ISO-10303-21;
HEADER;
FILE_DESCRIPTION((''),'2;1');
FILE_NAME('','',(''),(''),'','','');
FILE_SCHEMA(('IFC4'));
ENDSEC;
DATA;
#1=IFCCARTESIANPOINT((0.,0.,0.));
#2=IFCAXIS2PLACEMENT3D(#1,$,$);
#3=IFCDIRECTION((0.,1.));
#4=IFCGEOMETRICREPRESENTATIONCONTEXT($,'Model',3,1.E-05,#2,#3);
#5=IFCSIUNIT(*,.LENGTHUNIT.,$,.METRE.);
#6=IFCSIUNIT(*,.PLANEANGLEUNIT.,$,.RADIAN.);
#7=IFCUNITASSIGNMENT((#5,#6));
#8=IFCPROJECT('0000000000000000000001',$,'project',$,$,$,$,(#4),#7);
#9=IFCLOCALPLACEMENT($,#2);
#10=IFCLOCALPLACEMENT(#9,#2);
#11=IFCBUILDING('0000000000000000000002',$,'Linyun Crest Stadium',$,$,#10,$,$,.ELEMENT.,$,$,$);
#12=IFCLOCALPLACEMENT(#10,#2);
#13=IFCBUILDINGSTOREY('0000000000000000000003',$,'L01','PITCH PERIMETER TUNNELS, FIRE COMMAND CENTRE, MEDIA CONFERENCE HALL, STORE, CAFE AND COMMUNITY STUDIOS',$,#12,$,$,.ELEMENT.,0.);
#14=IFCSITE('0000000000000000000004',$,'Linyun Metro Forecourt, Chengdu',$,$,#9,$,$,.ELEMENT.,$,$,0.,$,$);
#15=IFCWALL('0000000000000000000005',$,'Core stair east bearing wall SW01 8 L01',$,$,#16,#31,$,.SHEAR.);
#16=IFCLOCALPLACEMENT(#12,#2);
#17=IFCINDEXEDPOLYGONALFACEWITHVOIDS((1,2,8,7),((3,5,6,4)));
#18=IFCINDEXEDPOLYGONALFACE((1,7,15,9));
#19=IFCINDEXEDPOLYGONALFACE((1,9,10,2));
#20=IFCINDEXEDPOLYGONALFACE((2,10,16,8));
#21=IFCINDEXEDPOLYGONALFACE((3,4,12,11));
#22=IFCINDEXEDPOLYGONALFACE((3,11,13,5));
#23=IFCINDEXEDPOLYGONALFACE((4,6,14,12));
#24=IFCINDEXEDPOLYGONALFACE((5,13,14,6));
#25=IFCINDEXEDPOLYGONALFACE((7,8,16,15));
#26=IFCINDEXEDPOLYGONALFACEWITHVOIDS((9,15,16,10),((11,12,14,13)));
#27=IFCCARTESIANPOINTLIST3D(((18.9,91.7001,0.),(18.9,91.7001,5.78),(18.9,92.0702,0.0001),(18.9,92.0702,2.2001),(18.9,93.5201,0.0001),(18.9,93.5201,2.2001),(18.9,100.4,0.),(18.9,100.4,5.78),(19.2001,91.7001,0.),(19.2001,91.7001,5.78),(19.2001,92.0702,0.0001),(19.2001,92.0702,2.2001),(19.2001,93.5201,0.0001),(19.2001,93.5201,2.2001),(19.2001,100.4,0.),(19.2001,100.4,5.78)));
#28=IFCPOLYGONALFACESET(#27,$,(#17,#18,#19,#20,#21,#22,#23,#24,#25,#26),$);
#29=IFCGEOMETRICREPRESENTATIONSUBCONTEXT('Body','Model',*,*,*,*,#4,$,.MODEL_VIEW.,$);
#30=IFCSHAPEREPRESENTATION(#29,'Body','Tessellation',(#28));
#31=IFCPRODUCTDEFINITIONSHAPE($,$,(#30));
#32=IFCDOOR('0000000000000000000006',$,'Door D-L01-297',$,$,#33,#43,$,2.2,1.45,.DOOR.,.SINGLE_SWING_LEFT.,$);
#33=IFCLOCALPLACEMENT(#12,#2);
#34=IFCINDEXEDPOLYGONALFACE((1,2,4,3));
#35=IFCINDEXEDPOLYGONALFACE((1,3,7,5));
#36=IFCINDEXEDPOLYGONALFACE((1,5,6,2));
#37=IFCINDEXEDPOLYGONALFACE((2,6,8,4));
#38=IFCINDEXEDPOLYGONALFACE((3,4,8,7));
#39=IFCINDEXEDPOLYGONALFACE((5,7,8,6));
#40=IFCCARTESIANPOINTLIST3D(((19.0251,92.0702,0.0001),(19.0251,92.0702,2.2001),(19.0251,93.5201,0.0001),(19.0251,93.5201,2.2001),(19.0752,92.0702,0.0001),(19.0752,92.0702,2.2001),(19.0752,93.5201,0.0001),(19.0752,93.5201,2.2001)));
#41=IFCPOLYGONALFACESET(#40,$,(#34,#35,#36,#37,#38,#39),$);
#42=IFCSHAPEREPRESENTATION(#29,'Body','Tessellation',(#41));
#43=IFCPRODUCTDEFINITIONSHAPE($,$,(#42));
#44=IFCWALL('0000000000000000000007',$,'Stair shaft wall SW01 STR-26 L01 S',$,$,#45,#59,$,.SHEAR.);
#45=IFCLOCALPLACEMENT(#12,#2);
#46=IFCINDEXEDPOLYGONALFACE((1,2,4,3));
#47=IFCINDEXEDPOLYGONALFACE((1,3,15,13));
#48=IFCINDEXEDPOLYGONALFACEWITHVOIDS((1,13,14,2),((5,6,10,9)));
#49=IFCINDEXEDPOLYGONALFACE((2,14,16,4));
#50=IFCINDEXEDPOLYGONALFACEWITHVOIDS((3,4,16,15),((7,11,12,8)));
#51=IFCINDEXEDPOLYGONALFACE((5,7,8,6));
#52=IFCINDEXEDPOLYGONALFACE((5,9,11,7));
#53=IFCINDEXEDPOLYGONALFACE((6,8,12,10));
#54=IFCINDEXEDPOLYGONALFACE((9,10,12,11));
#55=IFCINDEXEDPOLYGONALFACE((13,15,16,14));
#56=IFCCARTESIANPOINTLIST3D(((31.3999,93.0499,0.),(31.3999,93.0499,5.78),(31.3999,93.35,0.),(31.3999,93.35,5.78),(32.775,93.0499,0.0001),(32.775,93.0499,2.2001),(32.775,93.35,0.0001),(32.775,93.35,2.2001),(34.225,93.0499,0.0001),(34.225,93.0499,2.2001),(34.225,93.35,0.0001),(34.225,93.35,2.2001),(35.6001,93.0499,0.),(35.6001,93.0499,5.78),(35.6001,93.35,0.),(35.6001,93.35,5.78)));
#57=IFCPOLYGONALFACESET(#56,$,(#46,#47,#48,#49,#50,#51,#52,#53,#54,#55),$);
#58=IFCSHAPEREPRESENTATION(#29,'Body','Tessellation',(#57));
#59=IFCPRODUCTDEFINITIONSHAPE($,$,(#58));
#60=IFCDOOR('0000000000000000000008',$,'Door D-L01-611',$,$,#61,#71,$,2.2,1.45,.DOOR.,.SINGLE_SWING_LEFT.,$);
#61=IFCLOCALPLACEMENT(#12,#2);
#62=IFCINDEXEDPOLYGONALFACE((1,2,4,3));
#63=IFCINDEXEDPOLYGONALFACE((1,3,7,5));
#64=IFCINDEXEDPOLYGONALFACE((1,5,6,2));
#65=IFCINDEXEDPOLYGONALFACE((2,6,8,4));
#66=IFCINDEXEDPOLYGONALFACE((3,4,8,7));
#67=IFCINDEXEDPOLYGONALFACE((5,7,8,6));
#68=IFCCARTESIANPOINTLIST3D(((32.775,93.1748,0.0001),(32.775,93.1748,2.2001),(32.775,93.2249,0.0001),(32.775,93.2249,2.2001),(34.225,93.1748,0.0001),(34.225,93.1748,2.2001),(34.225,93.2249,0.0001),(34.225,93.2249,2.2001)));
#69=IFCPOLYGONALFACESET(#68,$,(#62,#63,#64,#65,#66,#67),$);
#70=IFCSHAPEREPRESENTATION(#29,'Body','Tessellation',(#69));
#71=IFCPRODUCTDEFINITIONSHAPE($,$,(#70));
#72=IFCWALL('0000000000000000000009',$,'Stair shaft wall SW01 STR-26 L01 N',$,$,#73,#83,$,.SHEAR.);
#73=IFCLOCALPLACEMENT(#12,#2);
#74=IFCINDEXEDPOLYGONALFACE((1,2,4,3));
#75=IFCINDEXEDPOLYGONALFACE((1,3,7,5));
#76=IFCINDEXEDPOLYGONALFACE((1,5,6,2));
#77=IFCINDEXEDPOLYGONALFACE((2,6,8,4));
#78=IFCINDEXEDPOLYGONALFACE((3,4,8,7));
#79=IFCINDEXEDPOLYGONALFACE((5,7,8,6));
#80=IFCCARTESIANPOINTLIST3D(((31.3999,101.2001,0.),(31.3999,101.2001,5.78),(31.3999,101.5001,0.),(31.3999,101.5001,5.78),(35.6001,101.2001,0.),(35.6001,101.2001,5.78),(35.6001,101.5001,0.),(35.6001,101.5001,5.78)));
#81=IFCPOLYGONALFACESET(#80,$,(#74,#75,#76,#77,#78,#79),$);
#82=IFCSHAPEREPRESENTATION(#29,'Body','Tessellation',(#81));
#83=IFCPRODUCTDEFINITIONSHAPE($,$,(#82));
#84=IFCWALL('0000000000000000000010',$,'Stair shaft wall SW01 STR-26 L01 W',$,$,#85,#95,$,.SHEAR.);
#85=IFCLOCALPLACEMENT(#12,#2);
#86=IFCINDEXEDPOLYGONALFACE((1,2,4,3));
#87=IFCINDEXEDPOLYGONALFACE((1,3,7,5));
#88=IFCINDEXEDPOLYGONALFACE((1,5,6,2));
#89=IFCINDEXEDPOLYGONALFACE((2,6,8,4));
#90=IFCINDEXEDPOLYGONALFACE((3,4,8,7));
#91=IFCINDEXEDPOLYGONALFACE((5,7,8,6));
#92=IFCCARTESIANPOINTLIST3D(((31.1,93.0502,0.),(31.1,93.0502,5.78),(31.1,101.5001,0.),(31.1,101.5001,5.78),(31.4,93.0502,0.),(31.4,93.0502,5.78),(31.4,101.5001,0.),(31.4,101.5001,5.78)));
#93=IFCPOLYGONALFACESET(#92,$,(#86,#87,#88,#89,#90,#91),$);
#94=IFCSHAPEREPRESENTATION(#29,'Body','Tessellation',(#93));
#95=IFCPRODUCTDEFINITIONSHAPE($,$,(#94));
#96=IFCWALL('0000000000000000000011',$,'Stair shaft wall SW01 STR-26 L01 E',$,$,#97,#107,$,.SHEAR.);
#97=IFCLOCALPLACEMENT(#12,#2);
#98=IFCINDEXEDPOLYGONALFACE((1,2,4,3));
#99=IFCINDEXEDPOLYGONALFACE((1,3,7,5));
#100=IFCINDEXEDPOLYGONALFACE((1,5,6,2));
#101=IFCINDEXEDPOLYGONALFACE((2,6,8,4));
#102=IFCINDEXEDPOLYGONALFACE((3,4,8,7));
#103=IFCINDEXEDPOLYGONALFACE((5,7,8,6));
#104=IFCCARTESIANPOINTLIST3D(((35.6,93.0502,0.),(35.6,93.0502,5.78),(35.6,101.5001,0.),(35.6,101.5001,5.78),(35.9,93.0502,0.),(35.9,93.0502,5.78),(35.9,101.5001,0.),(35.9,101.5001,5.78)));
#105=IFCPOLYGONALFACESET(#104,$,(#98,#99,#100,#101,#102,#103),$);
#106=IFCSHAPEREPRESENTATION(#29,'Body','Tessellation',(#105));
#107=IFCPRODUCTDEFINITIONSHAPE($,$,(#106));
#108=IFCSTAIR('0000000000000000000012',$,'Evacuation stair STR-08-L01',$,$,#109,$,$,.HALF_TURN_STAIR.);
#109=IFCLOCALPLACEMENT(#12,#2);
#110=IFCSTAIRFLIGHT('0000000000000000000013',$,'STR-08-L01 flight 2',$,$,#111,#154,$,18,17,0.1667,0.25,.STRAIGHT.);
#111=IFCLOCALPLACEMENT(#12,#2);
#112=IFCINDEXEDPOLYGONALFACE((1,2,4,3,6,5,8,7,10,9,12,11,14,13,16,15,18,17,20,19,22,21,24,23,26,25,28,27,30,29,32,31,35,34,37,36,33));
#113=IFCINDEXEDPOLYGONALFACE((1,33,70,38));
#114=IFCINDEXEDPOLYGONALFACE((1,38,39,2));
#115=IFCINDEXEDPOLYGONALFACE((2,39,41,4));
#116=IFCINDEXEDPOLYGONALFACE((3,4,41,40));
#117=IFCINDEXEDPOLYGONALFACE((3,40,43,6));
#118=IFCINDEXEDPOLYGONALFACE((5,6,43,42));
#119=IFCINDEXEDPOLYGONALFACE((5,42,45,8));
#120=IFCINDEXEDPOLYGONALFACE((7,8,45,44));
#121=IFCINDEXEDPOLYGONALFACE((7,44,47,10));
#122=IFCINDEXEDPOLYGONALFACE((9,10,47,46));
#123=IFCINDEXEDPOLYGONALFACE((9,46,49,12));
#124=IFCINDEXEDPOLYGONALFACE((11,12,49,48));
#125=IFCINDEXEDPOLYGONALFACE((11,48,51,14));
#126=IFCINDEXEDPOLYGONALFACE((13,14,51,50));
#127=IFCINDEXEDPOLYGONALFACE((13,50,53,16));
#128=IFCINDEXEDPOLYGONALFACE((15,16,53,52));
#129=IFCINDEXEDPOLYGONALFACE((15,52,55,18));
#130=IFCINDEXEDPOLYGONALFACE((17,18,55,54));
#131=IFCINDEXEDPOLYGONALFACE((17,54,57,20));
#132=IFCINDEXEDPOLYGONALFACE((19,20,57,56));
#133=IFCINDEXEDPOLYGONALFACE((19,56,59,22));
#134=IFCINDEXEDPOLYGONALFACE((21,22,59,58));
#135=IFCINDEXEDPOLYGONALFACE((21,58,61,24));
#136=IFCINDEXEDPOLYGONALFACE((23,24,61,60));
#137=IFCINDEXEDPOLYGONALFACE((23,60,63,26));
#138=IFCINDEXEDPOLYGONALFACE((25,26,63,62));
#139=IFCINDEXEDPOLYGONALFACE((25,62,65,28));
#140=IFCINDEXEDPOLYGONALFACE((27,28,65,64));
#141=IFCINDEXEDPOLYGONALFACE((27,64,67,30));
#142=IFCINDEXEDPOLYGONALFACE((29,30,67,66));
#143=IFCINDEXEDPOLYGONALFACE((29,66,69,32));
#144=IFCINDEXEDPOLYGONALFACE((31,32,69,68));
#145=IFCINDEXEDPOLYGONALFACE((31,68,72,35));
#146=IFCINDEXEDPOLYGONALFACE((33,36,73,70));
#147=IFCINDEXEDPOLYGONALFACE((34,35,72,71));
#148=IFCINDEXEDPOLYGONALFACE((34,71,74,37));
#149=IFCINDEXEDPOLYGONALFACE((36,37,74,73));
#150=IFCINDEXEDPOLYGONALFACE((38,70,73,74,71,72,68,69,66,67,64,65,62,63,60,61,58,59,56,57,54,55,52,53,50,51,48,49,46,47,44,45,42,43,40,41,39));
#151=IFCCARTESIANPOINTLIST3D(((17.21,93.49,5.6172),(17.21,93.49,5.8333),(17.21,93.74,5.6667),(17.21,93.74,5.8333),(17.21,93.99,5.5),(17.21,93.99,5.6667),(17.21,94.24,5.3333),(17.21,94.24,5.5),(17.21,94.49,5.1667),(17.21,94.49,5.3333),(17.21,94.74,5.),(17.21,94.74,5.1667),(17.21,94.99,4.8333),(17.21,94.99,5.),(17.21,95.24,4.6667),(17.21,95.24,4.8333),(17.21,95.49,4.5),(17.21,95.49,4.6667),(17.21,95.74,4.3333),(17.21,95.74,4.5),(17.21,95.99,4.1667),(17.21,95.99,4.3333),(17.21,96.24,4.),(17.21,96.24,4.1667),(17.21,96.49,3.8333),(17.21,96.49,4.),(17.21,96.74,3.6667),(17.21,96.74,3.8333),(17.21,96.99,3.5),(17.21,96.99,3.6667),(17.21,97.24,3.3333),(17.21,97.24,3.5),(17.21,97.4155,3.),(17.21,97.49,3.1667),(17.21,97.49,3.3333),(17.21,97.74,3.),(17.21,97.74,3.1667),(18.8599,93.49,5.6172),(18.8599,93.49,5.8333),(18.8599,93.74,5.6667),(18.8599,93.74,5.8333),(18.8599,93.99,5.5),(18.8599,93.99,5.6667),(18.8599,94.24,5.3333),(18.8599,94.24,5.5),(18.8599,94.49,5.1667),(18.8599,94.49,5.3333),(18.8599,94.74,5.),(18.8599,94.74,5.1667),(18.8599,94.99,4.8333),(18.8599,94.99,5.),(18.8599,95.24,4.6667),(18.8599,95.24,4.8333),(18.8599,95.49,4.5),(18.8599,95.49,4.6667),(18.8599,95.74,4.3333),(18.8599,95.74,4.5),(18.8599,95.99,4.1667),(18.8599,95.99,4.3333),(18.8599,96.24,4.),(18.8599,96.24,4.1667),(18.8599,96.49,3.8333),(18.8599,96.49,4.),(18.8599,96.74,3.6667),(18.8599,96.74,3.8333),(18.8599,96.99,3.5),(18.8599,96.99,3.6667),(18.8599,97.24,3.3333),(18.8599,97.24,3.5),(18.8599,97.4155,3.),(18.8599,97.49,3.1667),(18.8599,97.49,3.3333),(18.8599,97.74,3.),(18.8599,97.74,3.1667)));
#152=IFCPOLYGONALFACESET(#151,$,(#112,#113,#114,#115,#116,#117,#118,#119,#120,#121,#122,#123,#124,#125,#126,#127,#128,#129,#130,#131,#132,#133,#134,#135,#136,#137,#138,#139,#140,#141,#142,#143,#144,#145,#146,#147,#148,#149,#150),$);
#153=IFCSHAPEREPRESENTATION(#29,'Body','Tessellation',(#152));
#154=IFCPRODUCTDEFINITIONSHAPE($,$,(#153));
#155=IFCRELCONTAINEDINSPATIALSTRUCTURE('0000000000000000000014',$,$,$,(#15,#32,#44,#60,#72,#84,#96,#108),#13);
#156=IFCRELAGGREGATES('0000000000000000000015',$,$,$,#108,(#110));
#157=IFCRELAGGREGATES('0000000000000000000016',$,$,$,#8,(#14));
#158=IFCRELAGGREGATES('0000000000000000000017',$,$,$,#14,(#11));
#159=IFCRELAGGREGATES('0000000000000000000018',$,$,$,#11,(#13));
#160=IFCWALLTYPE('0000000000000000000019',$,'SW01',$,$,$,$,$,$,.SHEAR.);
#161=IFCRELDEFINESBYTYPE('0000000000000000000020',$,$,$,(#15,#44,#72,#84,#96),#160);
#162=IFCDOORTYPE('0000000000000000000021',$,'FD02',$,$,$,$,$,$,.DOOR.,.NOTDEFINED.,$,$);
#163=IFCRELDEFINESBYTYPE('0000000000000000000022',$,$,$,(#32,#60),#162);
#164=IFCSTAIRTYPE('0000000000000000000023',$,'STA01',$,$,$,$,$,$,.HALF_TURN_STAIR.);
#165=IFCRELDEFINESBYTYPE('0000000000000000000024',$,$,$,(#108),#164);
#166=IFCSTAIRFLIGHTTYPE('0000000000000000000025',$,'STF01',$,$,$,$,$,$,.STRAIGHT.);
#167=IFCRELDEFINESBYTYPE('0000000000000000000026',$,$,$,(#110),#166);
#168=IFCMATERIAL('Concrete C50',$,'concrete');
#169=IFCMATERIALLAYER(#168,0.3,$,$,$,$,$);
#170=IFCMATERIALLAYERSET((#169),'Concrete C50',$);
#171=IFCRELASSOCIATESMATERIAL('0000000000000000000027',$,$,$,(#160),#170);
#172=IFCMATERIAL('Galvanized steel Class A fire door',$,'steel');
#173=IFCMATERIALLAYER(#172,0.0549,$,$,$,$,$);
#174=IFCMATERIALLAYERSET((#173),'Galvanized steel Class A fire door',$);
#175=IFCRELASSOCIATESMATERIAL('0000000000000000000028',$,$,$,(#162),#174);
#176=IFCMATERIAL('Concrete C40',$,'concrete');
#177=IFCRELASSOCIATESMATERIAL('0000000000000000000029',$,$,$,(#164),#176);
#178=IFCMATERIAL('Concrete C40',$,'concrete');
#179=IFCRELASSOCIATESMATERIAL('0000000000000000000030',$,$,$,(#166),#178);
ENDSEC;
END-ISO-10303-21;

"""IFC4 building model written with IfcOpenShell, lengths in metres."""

from ifc_helpers import new_model, si_unit, direction, frame, frame_2d, origin, place, context, subcontext, project, spatial, polyline, rectangle, outline, extrude, material, layer, layer_set, type_object, element, fill, aggregate, save


model = new_model("IFC4")

# Units and contexts
model_context = context("Model", 3, precision=1e-05, world=origin(), true_north=direction((0.0, 1.0)))
body_context = subcontext(model_context, "Body", "Model", "MODEL_VIEW")
ifc_project = project(units=[si_unit("LENGTHUNIT", "METRE"), si_unit("PLANEANGLEUNIT", "RADIAN")], contexts=[model_context])

# Site, building, storey
site_placement = place(None, origin())
site = spatial("IfcSite", under=ifc_project, at=site_placement, Name="Linyun Metro Forecourt, Chengdu", CompositionType="ELEMENT", RefElevation=0.0)
building_placement = place(site_placement, origin())
building = spatial("IfcBuilding", under=site, at=building_placement, Name="Linyun Crest Stadium", CompositionType="ELEMENT")
storey_placement = place(building_placement, origin())
storey = spatial("IfcBuildingStorey", under=building, at=storey_placement, Name="L01", Description="PITCH PERIMETER TUNNELS, FIRE COMMAND CENTRE, MEDIA CONFERENCE HALL, STORE, CAFE AND COMMUNITY STUDIOS", CompositionType="ELEMENT", Elevation=0.0)

# Walls, openings, doors
ifc_material_1 = material(Name="Concrete C50", Category="concrete")
ifc_layer_1 = layer(ifc_material_1, 0.3)
ifc_layer_set_1 = layer_set([ifc_layer_1], Name="Concrete C50")
wall_type_1 = type_object("IfcWallType", Name="SW01", PredefinedType="SHEAR", material=ifc_layer_set_1)
wall_1_placement = place(storey_placement, frame((19.05, 91.7, 0.0), z_axis=(0.0, 0.0, 1.0), x_axis=(0.0, 1.0, 0.0)))
wall_1 = element("IfcWall", 1, at=wall_1_placement, inside=storey, type_object=wall_type_1, Name="Core stair east bearing wall SW01 8 L01", PredefinedType="SHEAR", context=body_context, shape_type="SweptSolid", body=[
    extrude(rectangle(XDim=8.7, YDim=0.3, at=frame_2d((4.3501, 0.0))), origin(), (0.0, 0.0, 1.0), 5.78),
])
opening_1_placement = place(wall_1_placement, frame((0.3701, 0.0, 0.0)))
opening_1 = element("IfcOpeningElement", 2, at=opening_1_placement, cuts=wall_1, PredefinedType="OPENING", context=body_context, shape_type="SweptSolid", body=[
    extrude(rectangle(XDim=1.45, YDim=2.2, at=frame_2d((0.7251, 1.1001))), frame((0.0, 0.1599, 0.0), z_axis=(0.0, -1.0, 0.0), x_axis=(1.0, 0.0, 0.0)), (0.0, 0.0, 1.0), 0.3201),
])
ifc_material_2 = material(Name="Galvanized steel Class A fire door", Category="steel")
ifc_layer_2 = layer(ifc_material_2, 0.0549)
ifc_layer_set_2 = layer_set([ifc_layer_2], Name="Galvanized steel Class A fire door")
door_type_1 = type_object("IfcDoorType", Name="FD02", OperationType="NOTDEFINED", PredefinedType="DOOR", material=ifc_layer_set_2)
door_1_placement = place(opening_1_placement, origin())
door_1 = element("IfcDoor", 3, at=door_1_placement, inside=storey, type_object=door_type_1, Name="Door D-L01-297", OperationType="SINGLE_SWING_LEFT", OverallHeight=2.2, OverallWidth=1.45, PredefinedType="DOOR", context=body_context, shape_type="SweptSolid", body=[
    extrude(rectangle(XDim=1.45, YDim=2.2, at=frame_2d((0.7251, 1.1001))), frame((0.0, 0.0249, 0.0), z_axis=(0.0, -1.0, 0.0), x_axis=(1.0, 0.0, 0.0)), (0.0, 0.0, 1.0), 0.05),
])
fill(opening_1, door_1)
wall_2_placement = place(storey_placement, frame((31.3999, 93.2, 0.0), z_axis=(0.0, 0.0, 1.0), x_axis=(1.0, 0.0, 0.0)))
wall_2 = element("IfcWall", 4, at=wall_2_placement, inside=storey, type_object=wall_type_1, Name="Stair shaft wall SW01 STR-26 L01 S", PredefinedType="SHEAR", context=body_context, shape_type="SweptSolid", body=[
    extrude(rectangle(XDim=4.2002, YDim=0.3, at=frame_2d((2.1001, 0.0))), origin(), (0.0, 0.0, 1.0), 5.78),
])
opening_2_placement = place(wall_2_placement, frame((1.375, 0.0, 0.0)))
opening_2 = element("IfcOpeningElement", 5, at=opening_2_placement, cuts=wall_2, PredefinedType="OPENING", context=body_context, shape_type="SweptSolid", body=[
    extrude(rectangle(XDim=1.45, YDim=2.2, at=frame_2d((0.7251, 1.1001))), frame((0.0, 0.1599, 0.0), z_axis=(0.0, -1.0, 0.0), x_axis=(1.0, 0.0, 0.0)), (0.0, 0.0, 1.0), 0.3201),
])
door_2_placement = place(opening_2_placement, origin())
door_2 = element("IfcDoor", 6, at=door_2_placement, inside=storey, type_object=door_type_1, Name="Door D-L01-611", OperationType="SINGLE_SWING_LEFT", OverallHeight=2.2, OverallWidth=1.45, PredefinedType="DOOR", context=body_context, shape_type="SweptSolid", body=[
    extrude(rectangle(XDim=1.45, YDim=2.2, at=frame_2d((0.7251, 1.1001))), frame((0.0, 0.0249, 0.0), z_axis=(0.0, -1.0, 0.0), x_axis=(1.0, 0.0, 0.0)), (0.0, 0.0, 1.0), 0.05),
])
fill(opening_2, door_2)

# Walls
wall_3_placement = place(storey_placement, frame((31.3999, 101.3501, 0.0), z_axis=(0.0, 0.0, 1.0), x_axis=(1.0, 0.0, 0.0)))
element("IfcWall", 7, at=wall_3_placement, inside=storey, type_object=wall_type_1, Name="Stair shaft wall SW01 STR-26 L01 N", PredefinedType="SHEAR", context=body_context, shape_type="SweptSolid", body=[
    extrude(rectangle(XDim=4.2002, YDim=0.3, at=frame_2d((2.1001, 0.0))), origin(), (0.0, 0.0, 1.0), 5.78),
])
for number, where, z_axis, x_axis, name in (
    (8, (31.25, 93.05, 0.0), (0.0, 0.0, 1.0), (0.0, 1.0, 0.0), "Stair shaft wall SW01 STR-26 L01 W"),
    (9, (35.75, 93.05, 0.0), (0.0, 0.0, 1.0), (0.0, 1.0, 0.0), "Stair shaft wall SW01 STR-26 L01 E"),
):
    element("IfcWall", number, at=place(storey_placement, frame(where, z_axis=z_axis, x_axis=x_axis)), inside=storey, type_object=wall_type_1, Name=name, PredefinedType="SHEAR", context=body_context, shape_type="SweptSolid", body=[
        extrude(rectangle(XDim=8.45, YDim=0.3, at=frame_2d((4.2251, 0.0))), origin(), (0.0, 0.0, 1.0), 5.78),
    ])

# Stair, stair flight
ifc_material_3 = material(Name="Concrete C40", Category="concrete")
stair_type = type_object("IfcStairType", Name="STA01", PredefinedType="HALF_TURN_STAIR", material=ifc_material_3)
stair_1_placement = place(storey_placement, origin())
stair_1 = element("IfcStair", 10, at=stair_1_placement, inside=storey, type_object=stair_type, Name="Evacuation stair STR-08-L01", PredefinedType="HALF_TURN_STAIR")
ifc_material_4 = material(Name="Concrete C40", Category="concrete")
stair_flight_type_1 = type_object("IfcStairFlightType", Name="STF01", PredefinedType="STRAIGHT", material=ifc_material_4)
stair_flight_1_placement = place(storey_placement, frame((18.0349, 97.74, 3.0), z_axis=(0.0, 0.0, 1.0), x_axis=(0.0, -1.0, 0.0)))
stair_flight_1 = element("IfcStairFlight", 11, at=stair_flight_1_placement, type_object=stair_flight_type_1, Name="STR-08-L01 flight 2", NumberOfRisers=18, NumberOfTreads=17, PredefinedType="STRAIGHT", RiserHeight=0.1667, TreadLength=0.25, context=body_context, shape_type="SweptSolid", body=[
    extrude(outline(polyline([(0.0, 0.0), (0.0, 0.1667), (0.25, 0.1667), (0.25, 0.3333), (0.5, 0.3333), (0.5, 0.5), (0.75, 0.5), (0.75, 0.6667), (1.0, 0.6667), (1.0, 0.8333), (1.25, 0.8333), (1.25, 1.0), (1.5, 1.0), (1.5, 1.1667), (1.75, 1.1667), (1.75, 1.3333), (2.0, 1.3333), (2.0, 1.5), (2.25, 1.5), (2.25, 1.6667), (2.5, 1.6667), (2.5, 1.8333), (2.75, 1.8333), (2.75, 2.0), (3.0, 2.0), (3.0, 2.1667), (3.25, 2.1667), (3.25, 2.3333), (3.5, 2.3333), (3.5, 2.5), (3.75, 2.5), (3.75, 2.6667), (4.0, 2.6667), (4.0, 2.8333), (4.25, 2.8333), (4.25, 3.0), (4.25, 2.6172), (0.3245, 0.0), (0.0, 0.0)])), frame((0.0, 0.825, 0.0), z_axis=(0.0, -1.0, 0.0), x_axis=(1.0, 0.0, 0.0)), (0.0, 0.0, 1.0), 1.6499),
])
aggregate(stair_1, [stair_flight_1])

save(model, "model.ifc")
